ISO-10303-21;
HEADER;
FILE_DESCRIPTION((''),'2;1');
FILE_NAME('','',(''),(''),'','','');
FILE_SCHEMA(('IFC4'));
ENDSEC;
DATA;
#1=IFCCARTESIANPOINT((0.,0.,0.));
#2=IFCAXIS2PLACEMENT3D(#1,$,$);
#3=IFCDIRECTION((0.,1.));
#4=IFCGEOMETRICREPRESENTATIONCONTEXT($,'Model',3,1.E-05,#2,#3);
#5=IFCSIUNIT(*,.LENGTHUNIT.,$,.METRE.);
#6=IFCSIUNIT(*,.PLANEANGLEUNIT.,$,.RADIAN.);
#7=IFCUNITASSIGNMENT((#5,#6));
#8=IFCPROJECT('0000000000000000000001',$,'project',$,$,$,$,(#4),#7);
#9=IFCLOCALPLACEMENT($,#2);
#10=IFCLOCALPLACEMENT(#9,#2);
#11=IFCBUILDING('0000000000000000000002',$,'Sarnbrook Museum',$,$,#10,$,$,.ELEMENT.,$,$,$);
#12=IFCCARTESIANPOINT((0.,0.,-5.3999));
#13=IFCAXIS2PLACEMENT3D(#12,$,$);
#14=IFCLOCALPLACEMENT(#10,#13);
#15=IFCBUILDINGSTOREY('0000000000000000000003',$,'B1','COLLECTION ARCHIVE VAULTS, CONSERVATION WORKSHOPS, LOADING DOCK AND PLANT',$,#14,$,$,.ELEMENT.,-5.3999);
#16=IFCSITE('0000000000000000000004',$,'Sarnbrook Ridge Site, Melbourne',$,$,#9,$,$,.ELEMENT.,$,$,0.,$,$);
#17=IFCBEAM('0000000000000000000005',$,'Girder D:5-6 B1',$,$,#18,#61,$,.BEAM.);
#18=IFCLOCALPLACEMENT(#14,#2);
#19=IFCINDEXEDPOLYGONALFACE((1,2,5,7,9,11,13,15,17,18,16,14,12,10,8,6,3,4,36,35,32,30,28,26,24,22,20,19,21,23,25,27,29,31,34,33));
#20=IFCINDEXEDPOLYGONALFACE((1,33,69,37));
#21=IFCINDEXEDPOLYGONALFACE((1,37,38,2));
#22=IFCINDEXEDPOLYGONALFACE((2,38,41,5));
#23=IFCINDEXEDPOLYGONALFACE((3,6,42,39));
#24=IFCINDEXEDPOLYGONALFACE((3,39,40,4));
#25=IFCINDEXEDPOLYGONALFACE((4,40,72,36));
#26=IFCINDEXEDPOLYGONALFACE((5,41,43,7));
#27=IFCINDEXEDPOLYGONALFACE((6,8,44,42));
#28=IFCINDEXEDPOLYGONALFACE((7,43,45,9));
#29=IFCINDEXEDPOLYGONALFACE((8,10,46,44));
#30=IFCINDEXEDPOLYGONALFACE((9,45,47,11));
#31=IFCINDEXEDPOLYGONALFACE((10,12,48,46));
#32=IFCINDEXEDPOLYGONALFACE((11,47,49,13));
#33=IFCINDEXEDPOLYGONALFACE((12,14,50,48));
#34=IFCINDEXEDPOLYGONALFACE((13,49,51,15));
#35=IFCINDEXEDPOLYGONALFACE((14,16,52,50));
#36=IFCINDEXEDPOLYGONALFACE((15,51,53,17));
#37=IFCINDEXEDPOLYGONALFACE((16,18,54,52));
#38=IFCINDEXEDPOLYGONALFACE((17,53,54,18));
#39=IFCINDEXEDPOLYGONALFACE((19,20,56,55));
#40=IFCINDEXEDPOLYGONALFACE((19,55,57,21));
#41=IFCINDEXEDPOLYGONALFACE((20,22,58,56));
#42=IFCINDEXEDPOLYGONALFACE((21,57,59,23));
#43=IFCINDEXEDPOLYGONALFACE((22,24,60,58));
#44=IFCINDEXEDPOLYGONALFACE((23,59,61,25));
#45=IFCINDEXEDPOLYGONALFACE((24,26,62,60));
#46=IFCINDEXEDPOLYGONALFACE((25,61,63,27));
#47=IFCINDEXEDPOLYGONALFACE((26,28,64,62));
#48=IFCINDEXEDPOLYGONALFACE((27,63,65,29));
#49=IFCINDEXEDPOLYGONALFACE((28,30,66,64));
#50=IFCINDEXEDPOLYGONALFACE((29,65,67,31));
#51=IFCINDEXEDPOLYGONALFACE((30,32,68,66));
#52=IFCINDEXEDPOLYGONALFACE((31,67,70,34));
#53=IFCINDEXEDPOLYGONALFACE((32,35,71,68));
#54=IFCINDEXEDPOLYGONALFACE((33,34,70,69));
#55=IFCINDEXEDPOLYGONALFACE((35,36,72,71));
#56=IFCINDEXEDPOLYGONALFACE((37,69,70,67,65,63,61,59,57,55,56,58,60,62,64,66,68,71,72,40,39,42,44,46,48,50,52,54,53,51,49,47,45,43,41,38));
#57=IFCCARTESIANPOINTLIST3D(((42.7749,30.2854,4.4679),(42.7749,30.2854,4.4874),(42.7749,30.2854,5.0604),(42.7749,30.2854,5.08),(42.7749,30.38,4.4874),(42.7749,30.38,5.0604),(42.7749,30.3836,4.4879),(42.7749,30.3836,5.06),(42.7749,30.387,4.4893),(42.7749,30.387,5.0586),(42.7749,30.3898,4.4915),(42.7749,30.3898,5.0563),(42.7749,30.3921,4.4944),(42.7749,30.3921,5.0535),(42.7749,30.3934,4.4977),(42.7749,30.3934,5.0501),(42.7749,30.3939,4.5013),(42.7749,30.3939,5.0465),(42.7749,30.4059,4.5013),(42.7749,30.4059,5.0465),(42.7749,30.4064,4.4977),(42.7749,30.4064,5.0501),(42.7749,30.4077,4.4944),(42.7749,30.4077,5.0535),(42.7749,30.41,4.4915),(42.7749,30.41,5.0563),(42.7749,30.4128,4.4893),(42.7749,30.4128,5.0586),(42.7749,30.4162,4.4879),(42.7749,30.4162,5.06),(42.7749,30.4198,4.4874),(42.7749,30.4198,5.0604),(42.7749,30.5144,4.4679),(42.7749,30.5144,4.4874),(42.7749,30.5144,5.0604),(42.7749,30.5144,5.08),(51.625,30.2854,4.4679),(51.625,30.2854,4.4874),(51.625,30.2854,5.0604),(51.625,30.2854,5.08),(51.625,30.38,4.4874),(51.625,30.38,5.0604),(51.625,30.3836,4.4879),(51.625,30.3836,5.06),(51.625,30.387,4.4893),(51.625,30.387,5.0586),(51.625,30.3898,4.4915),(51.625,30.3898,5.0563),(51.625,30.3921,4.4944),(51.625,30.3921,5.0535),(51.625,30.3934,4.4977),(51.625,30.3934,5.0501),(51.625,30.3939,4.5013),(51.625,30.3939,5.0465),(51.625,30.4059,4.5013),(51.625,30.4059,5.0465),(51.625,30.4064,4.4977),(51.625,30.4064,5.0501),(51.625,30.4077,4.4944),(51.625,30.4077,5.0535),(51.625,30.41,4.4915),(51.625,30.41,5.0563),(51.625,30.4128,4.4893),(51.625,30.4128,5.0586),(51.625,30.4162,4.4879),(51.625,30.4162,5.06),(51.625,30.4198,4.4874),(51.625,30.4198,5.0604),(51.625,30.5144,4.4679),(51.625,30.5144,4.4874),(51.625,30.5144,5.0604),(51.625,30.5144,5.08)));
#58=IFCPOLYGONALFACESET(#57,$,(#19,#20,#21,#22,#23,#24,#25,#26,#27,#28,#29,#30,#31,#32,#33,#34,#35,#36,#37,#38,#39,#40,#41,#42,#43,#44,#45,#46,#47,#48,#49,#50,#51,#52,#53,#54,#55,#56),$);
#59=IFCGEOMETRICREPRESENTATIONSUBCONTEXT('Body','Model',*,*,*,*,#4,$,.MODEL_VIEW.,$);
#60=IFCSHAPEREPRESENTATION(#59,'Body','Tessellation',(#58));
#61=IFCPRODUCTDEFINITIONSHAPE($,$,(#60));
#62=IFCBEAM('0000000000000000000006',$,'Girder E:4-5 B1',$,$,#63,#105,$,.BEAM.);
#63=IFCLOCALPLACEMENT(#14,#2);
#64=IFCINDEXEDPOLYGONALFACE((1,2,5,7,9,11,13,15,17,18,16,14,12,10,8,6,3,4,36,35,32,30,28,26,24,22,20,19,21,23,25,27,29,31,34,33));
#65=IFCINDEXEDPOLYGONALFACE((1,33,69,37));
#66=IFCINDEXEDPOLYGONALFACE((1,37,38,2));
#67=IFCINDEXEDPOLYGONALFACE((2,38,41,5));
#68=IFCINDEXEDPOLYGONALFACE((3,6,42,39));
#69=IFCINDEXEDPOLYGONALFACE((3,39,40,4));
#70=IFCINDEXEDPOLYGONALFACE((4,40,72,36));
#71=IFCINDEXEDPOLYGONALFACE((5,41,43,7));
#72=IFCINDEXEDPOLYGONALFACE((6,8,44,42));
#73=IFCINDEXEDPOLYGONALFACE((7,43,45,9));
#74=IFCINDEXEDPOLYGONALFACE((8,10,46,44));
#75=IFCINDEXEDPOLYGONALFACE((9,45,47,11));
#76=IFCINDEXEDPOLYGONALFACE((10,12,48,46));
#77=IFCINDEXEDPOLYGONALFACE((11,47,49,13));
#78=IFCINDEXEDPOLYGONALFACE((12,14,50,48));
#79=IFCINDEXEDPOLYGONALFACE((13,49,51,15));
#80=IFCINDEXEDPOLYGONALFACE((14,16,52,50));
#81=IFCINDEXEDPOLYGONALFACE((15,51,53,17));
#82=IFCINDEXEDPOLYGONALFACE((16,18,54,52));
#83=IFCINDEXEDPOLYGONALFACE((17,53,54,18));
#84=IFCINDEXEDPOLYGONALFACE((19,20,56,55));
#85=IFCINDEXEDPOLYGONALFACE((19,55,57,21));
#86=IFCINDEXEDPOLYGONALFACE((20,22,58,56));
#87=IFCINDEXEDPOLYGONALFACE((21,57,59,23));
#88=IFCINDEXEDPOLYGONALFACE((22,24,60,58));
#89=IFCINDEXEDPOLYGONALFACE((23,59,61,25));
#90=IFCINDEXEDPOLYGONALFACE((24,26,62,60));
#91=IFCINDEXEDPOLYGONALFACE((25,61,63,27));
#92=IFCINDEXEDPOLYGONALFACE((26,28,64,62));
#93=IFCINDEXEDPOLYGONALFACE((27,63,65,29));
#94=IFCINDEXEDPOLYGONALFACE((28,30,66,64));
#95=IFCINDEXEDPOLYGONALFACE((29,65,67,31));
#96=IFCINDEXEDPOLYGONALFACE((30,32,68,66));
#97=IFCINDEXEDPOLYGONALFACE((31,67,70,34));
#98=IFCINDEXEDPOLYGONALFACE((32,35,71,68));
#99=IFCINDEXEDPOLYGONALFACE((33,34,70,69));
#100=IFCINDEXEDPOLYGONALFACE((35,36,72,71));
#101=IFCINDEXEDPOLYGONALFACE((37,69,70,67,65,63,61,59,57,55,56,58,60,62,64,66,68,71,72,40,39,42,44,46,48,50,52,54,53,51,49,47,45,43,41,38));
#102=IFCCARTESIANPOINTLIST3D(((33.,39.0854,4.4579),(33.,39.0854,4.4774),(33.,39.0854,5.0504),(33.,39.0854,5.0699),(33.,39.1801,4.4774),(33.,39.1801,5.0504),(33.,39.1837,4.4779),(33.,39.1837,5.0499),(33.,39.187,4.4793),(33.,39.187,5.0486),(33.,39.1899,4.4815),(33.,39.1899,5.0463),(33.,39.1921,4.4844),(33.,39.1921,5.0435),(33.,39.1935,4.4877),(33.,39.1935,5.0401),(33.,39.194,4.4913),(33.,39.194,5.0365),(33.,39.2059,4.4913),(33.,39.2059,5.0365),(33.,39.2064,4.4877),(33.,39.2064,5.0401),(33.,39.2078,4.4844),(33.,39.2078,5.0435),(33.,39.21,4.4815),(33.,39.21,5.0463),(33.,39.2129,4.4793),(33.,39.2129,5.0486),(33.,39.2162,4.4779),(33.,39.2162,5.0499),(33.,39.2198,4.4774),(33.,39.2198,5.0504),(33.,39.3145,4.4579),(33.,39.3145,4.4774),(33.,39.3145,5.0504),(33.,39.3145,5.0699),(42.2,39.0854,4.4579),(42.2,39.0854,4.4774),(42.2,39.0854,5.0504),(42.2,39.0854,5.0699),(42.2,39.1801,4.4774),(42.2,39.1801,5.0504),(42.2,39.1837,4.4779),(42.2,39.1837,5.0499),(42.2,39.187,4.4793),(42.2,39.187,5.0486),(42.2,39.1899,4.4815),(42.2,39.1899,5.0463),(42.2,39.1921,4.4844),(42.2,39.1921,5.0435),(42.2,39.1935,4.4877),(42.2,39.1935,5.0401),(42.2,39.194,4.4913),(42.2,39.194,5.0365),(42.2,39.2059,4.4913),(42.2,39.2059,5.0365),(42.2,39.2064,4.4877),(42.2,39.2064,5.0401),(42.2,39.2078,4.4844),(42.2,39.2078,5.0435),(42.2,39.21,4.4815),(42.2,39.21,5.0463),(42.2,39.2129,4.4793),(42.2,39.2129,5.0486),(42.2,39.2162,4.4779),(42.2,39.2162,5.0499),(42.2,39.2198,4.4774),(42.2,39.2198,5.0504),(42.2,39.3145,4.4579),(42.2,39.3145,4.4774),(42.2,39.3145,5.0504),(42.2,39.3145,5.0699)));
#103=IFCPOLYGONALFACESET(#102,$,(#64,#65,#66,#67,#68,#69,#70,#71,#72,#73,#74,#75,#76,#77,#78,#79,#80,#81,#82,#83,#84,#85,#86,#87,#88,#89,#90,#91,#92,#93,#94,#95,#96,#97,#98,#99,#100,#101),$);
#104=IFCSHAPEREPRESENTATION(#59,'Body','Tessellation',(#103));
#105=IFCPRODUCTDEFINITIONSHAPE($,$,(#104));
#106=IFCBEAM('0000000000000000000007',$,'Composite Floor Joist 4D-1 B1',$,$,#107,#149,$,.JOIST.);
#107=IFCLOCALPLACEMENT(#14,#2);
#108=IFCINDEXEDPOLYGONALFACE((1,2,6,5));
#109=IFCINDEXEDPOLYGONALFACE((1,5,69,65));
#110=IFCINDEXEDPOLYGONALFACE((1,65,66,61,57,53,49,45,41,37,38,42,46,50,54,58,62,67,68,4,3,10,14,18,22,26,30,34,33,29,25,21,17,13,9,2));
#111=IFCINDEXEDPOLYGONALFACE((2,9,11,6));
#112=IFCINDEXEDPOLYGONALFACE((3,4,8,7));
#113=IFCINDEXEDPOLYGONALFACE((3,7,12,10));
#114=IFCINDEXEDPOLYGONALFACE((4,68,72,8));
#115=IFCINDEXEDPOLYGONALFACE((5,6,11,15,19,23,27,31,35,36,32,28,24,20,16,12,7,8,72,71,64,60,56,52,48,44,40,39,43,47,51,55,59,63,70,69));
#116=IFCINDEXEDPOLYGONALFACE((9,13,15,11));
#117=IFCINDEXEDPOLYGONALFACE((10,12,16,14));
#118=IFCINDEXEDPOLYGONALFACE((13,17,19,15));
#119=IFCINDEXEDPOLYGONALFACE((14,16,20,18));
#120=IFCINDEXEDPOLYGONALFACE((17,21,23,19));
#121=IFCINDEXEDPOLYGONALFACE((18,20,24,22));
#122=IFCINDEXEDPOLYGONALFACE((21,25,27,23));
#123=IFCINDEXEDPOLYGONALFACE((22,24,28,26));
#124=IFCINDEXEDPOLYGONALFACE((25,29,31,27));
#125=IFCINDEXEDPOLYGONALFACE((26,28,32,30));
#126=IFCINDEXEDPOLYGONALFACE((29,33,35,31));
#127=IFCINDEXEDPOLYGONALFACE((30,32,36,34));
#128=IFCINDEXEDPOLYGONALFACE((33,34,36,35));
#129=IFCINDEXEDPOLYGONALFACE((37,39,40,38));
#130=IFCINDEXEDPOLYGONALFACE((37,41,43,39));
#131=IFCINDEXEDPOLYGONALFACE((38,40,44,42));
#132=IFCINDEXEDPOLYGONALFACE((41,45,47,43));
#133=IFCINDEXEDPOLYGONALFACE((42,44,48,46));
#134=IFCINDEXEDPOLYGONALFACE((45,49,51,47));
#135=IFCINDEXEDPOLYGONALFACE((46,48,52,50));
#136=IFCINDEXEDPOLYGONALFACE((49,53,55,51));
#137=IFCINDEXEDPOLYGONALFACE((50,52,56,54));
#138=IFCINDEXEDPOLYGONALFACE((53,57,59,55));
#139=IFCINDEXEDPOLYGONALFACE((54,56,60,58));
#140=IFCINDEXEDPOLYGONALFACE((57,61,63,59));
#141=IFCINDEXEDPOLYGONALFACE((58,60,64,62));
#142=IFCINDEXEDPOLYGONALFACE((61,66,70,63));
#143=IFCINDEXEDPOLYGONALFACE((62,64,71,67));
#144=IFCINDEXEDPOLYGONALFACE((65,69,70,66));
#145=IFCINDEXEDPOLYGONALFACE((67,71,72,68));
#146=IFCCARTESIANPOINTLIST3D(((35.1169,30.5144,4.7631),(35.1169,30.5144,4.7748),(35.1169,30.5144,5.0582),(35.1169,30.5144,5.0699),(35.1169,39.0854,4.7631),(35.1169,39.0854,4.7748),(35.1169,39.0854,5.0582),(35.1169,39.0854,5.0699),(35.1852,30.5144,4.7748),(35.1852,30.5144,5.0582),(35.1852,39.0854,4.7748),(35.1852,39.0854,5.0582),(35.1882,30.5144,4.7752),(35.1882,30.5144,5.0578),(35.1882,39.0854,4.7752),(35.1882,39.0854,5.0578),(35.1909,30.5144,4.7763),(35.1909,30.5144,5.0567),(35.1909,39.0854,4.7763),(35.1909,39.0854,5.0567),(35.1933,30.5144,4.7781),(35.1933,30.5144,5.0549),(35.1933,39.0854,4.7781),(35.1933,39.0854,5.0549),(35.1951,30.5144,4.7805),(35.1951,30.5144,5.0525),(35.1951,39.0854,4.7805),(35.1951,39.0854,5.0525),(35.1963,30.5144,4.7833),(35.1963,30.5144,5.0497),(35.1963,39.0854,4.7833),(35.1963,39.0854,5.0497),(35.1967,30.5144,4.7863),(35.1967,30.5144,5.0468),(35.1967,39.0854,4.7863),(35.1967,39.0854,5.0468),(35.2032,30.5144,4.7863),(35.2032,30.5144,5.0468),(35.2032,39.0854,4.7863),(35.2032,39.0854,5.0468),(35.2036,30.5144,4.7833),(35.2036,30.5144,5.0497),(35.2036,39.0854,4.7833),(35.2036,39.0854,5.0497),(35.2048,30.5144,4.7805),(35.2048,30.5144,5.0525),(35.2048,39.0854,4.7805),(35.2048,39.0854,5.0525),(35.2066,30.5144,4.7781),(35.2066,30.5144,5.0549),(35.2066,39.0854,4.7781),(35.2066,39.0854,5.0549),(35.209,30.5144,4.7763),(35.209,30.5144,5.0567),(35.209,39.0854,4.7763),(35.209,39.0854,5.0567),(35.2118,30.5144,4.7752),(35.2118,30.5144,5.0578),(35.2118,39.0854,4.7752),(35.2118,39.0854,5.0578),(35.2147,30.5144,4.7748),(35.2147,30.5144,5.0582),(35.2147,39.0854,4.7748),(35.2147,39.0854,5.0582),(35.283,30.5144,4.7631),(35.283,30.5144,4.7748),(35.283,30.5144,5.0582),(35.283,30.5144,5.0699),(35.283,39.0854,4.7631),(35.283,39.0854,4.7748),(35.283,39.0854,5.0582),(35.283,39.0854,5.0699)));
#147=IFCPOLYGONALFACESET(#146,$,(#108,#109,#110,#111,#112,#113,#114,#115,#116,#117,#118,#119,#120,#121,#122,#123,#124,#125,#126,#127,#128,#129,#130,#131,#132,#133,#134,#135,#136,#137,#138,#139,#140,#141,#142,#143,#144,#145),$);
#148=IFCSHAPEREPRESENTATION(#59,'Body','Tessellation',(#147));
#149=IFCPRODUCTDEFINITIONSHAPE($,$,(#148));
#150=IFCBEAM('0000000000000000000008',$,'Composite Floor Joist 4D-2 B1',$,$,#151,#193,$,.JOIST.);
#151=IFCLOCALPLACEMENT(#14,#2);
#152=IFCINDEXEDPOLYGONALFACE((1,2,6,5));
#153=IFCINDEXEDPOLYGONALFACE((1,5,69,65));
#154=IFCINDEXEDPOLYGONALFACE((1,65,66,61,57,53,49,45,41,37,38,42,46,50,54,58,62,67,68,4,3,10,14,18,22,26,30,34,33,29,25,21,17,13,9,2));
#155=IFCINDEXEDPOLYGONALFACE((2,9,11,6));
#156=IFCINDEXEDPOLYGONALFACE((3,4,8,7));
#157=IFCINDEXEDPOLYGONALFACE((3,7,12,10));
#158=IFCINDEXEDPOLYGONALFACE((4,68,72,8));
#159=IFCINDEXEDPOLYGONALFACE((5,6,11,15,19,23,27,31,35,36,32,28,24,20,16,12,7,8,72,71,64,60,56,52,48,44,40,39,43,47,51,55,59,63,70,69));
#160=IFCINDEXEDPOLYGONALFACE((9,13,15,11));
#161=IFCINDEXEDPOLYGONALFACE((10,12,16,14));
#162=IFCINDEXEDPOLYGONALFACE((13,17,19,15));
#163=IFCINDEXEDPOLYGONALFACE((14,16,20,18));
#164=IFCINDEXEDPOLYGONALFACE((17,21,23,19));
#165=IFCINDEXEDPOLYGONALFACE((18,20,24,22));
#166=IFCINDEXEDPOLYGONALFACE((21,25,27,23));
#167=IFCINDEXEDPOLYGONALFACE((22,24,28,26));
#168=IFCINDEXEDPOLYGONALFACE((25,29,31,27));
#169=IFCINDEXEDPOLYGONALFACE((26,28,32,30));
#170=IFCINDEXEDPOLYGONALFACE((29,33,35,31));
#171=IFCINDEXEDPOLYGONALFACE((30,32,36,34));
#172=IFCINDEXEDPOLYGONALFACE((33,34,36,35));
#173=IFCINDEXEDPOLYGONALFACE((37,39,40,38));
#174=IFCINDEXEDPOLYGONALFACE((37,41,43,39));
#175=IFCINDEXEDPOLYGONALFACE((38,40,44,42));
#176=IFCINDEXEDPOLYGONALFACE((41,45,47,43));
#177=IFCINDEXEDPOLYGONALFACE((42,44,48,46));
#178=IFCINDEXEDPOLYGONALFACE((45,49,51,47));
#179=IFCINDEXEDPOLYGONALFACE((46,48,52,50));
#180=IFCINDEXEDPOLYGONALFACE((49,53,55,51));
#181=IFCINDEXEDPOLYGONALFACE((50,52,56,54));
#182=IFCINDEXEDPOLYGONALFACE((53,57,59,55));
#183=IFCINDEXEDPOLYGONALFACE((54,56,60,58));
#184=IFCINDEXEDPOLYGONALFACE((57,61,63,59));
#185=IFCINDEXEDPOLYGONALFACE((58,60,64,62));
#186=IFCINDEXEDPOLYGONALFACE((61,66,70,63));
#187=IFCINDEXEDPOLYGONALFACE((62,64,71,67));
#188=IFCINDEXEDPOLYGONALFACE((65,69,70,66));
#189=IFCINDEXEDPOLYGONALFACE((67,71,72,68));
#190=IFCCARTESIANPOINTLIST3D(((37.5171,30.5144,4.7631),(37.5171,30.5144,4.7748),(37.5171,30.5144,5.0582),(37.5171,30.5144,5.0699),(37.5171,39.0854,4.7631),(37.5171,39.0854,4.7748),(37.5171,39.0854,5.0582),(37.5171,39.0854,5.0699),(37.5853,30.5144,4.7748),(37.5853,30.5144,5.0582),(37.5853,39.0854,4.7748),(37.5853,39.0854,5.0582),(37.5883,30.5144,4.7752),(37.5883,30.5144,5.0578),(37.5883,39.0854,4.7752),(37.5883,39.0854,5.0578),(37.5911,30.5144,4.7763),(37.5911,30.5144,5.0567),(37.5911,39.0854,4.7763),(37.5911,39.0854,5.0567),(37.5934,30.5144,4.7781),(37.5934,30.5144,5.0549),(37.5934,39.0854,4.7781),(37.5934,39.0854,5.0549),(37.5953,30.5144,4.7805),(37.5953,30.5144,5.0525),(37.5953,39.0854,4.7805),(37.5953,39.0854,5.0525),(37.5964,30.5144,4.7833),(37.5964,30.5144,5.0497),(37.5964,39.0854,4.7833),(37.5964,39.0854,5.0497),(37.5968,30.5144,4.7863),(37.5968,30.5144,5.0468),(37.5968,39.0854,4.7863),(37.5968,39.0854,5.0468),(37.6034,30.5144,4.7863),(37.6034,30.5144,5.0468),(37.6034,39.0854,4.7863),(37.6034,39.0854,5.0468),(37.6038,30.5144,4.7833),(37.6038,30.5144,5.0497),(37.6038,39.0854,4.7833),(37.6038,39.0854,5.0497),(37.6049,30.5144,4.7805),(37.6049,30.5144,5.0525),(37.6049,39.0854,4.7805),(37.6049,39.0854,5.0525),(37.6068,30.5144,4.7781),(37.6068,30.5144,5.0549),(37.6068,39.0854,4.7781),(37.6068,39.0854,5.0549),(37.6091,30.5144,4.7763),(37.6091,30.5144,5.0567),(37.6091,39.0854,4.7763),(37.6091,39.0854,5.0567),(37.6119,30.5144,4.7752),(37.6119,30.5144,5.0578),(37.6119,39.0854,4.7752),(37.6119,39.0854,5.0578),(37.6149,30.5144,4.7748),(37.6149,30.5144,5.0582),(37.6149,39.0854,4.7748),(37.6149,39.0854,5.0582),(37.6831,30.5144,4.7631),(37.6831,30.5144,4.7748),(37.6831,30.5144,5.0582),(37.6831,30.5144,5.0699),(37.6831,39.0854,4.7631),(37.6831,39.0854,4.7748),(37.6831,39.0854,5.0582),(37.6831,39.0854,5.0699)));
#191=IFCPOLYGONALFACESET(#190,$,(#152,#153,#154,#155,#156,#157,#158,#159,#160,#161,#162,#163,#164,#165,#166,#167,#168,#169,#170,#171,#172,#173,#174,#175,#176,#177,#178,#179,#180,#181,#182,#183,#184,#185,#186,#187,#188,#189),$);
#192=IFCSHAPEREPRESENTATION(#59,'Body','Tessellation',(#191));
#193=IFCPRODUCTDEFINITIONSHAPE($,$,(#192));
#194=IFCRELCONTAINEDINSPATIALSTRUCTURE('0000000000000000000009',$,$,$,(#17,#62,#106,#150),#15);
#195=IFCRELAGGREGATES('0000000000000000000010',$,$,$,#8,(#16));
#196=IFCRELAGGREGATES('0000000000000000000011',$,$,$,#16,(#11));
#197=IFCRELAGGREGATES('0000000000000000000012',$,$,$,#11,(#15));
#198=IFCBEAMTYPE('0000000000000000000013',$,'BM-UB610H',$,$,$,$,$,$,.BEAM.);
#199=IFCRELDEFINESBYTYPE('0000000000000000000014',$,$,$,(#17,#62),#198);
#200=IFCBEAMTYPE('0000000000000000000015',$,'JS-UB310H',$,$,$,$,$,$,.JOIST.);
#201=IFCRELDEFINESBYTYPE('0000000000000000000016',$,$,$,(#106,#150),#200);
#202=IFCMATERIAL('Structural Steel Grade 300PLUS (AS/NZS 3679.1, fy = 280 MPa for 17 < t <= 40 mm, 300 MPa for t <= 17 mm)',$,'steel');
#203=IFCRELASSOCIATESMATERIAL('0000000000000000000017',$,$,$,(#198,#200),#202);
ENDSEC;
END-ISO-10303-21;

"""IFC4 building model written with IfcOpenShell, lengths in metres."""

from ifc_helpers import new_model, si_unit, direction, frame, origin, origin_2d, place, context, subcontext, project, spatial, i_section, extrude, material, material_profile, profile_set, type_object, element, save


model = new_model("IFC4")

# Units and contexts
model_context = context("Model", 3, precision=1e-05, world=origin(), true_north=direction((0.0, 1.0)))
body_context = subcontext(model_context, "Body", "Model", "MODEL_VIEW")
ifc_project = project(units=[si_unit("LENGTHUNIT", "METRE"), si_unit("PLANEANGLEUNIT", "RADIAN")], contexts=[model_context])

# Site, building, storey
site_placement = place(None, origin())
site = spatial("IfcSite", under=ifc_project, at=site_placement, Name="Sarnbrook Ridge Site, Melbourne", CompositionType="ELEMENT", RefElevation=0.0)
building_placement = place(site_placement, origin())
building = spatial("IfcBuilding", under=site, at=building_placement, Name="Sarnbrook Museum", CompositionType="ELEMENT")
storey_placement = place(building_placement, frame((0.0, 0.0, -5.3999)))
storey = spatial("IfcBuildingStorey", under=building, at=storey_placement, Name="B1", Description="COLLECTION ARCHIVE VAULTS, CONSERVATION WORKSHOPS, LOADING DOCK AND PLANT", CompositionType="ELEMENT", Elevation=-5.3999)

# Beams
ifc_material_1 = material(Name="Structural Steel Grade 300PLUS (AS/NZS 3679.1, fy = 280 MPa for 17 < t <= 40 mm, 300 MPa for t <= 17 mm)", Category="steel")
ifc_material_profile_1 = material_profile(ifc_material_1, i_section(OverallWidth=0.229, OverallDepth=0.6121, WebThickness=0.012, FlangeThickness=0.0195, FilletRadius=0.0139, at=origin_2d()), Name="610UB125")
ifc_profile_set_1 = profile_set([ifc_material_profile_1], Name="Structural Steel Grade 300PLUS (AS/NZS 3679.1, fy = 280 MPa for 17 < t <= 40 mm, 300 MPa for t <= 17 mm)")
beam_type_1 = type_object("IfcBeamType", Name="BM-UB610H", PredefinedType="BEAM", material=ifc_profile_set_1)
beam_1_placement = place(storey_placement, frame((42.7749, 30.3999, 4.7739), z_axis=(1.0, 0.0, 0.0), x_axis=(0.0, 1.0, 0.0)))
element("IfcBeam", 1, at=beam_1_placement, inside=storey, type_object=beam_type_1, Name="Girder D:5-6 B1", PredefinedType="BEAM", context=body_context, shape_type="SweptSolid", body=[
    extrude(i_section(OverallWidth=0.229, OverallDepth=0.6121, WebThickness=0.012, FlangeThickness=0.0195, FilletRadius=0.0139, at=origin_2d()), origin(), (0.0, 0.0, 1.0), 8.8501),
])
beam_2_placement = place(storey_placement, frame((33.0, 39.2, 4.7639), z_axis=(1.0, 0.0, 0.0), x_axis=(0.0, 1.0, 0.0)))
element("IfcBeam", 2, at=beam_2_placement, inside=storey, type_object=beam_type_1, Name="Girder E:4-5 B1", PredefinedType="BEAM", context=body_context, shape_type="SweptSolid", body=[
    extrude(i_section(OverallWidth=0.229, OverallDepth=0.6121, WebThickness=0.012, FlangeThickness=0.0195, FilletRadius=0.0139, at=origin_2d()), origin(), (0.0, 0.0, 1.0), 9.2),
])
ifc_material_profile_2 = material_profile(ifc_material_1, i_section(OverallWidth=0.166, OverallDepth=0.3069, WebThickness=0.0066, FlangeThickness=0.0117, FilletRadius=0.0115, at=origin_2d()), Name="310UB46.2")
ifc_profile_set_2 = profile_set([ifc_material_profile_2], Name="Structural Steel Grade 300PLUS (AS/NZS 3679.1, fy = 280 MPa for 17 < t <= 40 mm, 300 MPa for t <= 17 mm)")
beam_type_2 = type_object("IfcBeamType", Name="JS-UB310H", PredefinedType="JOIST", material=ifc_profile_set_2)
for number, where, z_axis, x_axis, name in (
    (3, (35.2, 30.5144, 4.9165), (0.0, 1.0, 0.0), (-1.0, 0.0, 0.0), "Composite Floor Joist 4D-1 B1"),
    (4, (37.6001, 30.5144, 4.9165), (0.0, 1.0, 0.0), (-1.0, 0.0, 0.0), "Composite Floor Joist 4D-2 B1"),
):
    element("IfcBeam", number, at=place(storey_placement, frame(where, z_axis=z_axis, x_axis=x_axis)), inside=storey, type_object=beam_type_2, Name=name, PredefinedType="JOIST", context=body_context, shape_type="SweptSolid", body=[
        extrude(i_section(OverallWidth=0.166, OverallDepth=0.3069, WebThickness=0.0066, FlangeThickness=0.0117, FilletRadius=0.0115, at=origin_2d()), origin(), (0.0, 0.0, 1.0), 8.571),
    ])

save(model, "model.ifc")
